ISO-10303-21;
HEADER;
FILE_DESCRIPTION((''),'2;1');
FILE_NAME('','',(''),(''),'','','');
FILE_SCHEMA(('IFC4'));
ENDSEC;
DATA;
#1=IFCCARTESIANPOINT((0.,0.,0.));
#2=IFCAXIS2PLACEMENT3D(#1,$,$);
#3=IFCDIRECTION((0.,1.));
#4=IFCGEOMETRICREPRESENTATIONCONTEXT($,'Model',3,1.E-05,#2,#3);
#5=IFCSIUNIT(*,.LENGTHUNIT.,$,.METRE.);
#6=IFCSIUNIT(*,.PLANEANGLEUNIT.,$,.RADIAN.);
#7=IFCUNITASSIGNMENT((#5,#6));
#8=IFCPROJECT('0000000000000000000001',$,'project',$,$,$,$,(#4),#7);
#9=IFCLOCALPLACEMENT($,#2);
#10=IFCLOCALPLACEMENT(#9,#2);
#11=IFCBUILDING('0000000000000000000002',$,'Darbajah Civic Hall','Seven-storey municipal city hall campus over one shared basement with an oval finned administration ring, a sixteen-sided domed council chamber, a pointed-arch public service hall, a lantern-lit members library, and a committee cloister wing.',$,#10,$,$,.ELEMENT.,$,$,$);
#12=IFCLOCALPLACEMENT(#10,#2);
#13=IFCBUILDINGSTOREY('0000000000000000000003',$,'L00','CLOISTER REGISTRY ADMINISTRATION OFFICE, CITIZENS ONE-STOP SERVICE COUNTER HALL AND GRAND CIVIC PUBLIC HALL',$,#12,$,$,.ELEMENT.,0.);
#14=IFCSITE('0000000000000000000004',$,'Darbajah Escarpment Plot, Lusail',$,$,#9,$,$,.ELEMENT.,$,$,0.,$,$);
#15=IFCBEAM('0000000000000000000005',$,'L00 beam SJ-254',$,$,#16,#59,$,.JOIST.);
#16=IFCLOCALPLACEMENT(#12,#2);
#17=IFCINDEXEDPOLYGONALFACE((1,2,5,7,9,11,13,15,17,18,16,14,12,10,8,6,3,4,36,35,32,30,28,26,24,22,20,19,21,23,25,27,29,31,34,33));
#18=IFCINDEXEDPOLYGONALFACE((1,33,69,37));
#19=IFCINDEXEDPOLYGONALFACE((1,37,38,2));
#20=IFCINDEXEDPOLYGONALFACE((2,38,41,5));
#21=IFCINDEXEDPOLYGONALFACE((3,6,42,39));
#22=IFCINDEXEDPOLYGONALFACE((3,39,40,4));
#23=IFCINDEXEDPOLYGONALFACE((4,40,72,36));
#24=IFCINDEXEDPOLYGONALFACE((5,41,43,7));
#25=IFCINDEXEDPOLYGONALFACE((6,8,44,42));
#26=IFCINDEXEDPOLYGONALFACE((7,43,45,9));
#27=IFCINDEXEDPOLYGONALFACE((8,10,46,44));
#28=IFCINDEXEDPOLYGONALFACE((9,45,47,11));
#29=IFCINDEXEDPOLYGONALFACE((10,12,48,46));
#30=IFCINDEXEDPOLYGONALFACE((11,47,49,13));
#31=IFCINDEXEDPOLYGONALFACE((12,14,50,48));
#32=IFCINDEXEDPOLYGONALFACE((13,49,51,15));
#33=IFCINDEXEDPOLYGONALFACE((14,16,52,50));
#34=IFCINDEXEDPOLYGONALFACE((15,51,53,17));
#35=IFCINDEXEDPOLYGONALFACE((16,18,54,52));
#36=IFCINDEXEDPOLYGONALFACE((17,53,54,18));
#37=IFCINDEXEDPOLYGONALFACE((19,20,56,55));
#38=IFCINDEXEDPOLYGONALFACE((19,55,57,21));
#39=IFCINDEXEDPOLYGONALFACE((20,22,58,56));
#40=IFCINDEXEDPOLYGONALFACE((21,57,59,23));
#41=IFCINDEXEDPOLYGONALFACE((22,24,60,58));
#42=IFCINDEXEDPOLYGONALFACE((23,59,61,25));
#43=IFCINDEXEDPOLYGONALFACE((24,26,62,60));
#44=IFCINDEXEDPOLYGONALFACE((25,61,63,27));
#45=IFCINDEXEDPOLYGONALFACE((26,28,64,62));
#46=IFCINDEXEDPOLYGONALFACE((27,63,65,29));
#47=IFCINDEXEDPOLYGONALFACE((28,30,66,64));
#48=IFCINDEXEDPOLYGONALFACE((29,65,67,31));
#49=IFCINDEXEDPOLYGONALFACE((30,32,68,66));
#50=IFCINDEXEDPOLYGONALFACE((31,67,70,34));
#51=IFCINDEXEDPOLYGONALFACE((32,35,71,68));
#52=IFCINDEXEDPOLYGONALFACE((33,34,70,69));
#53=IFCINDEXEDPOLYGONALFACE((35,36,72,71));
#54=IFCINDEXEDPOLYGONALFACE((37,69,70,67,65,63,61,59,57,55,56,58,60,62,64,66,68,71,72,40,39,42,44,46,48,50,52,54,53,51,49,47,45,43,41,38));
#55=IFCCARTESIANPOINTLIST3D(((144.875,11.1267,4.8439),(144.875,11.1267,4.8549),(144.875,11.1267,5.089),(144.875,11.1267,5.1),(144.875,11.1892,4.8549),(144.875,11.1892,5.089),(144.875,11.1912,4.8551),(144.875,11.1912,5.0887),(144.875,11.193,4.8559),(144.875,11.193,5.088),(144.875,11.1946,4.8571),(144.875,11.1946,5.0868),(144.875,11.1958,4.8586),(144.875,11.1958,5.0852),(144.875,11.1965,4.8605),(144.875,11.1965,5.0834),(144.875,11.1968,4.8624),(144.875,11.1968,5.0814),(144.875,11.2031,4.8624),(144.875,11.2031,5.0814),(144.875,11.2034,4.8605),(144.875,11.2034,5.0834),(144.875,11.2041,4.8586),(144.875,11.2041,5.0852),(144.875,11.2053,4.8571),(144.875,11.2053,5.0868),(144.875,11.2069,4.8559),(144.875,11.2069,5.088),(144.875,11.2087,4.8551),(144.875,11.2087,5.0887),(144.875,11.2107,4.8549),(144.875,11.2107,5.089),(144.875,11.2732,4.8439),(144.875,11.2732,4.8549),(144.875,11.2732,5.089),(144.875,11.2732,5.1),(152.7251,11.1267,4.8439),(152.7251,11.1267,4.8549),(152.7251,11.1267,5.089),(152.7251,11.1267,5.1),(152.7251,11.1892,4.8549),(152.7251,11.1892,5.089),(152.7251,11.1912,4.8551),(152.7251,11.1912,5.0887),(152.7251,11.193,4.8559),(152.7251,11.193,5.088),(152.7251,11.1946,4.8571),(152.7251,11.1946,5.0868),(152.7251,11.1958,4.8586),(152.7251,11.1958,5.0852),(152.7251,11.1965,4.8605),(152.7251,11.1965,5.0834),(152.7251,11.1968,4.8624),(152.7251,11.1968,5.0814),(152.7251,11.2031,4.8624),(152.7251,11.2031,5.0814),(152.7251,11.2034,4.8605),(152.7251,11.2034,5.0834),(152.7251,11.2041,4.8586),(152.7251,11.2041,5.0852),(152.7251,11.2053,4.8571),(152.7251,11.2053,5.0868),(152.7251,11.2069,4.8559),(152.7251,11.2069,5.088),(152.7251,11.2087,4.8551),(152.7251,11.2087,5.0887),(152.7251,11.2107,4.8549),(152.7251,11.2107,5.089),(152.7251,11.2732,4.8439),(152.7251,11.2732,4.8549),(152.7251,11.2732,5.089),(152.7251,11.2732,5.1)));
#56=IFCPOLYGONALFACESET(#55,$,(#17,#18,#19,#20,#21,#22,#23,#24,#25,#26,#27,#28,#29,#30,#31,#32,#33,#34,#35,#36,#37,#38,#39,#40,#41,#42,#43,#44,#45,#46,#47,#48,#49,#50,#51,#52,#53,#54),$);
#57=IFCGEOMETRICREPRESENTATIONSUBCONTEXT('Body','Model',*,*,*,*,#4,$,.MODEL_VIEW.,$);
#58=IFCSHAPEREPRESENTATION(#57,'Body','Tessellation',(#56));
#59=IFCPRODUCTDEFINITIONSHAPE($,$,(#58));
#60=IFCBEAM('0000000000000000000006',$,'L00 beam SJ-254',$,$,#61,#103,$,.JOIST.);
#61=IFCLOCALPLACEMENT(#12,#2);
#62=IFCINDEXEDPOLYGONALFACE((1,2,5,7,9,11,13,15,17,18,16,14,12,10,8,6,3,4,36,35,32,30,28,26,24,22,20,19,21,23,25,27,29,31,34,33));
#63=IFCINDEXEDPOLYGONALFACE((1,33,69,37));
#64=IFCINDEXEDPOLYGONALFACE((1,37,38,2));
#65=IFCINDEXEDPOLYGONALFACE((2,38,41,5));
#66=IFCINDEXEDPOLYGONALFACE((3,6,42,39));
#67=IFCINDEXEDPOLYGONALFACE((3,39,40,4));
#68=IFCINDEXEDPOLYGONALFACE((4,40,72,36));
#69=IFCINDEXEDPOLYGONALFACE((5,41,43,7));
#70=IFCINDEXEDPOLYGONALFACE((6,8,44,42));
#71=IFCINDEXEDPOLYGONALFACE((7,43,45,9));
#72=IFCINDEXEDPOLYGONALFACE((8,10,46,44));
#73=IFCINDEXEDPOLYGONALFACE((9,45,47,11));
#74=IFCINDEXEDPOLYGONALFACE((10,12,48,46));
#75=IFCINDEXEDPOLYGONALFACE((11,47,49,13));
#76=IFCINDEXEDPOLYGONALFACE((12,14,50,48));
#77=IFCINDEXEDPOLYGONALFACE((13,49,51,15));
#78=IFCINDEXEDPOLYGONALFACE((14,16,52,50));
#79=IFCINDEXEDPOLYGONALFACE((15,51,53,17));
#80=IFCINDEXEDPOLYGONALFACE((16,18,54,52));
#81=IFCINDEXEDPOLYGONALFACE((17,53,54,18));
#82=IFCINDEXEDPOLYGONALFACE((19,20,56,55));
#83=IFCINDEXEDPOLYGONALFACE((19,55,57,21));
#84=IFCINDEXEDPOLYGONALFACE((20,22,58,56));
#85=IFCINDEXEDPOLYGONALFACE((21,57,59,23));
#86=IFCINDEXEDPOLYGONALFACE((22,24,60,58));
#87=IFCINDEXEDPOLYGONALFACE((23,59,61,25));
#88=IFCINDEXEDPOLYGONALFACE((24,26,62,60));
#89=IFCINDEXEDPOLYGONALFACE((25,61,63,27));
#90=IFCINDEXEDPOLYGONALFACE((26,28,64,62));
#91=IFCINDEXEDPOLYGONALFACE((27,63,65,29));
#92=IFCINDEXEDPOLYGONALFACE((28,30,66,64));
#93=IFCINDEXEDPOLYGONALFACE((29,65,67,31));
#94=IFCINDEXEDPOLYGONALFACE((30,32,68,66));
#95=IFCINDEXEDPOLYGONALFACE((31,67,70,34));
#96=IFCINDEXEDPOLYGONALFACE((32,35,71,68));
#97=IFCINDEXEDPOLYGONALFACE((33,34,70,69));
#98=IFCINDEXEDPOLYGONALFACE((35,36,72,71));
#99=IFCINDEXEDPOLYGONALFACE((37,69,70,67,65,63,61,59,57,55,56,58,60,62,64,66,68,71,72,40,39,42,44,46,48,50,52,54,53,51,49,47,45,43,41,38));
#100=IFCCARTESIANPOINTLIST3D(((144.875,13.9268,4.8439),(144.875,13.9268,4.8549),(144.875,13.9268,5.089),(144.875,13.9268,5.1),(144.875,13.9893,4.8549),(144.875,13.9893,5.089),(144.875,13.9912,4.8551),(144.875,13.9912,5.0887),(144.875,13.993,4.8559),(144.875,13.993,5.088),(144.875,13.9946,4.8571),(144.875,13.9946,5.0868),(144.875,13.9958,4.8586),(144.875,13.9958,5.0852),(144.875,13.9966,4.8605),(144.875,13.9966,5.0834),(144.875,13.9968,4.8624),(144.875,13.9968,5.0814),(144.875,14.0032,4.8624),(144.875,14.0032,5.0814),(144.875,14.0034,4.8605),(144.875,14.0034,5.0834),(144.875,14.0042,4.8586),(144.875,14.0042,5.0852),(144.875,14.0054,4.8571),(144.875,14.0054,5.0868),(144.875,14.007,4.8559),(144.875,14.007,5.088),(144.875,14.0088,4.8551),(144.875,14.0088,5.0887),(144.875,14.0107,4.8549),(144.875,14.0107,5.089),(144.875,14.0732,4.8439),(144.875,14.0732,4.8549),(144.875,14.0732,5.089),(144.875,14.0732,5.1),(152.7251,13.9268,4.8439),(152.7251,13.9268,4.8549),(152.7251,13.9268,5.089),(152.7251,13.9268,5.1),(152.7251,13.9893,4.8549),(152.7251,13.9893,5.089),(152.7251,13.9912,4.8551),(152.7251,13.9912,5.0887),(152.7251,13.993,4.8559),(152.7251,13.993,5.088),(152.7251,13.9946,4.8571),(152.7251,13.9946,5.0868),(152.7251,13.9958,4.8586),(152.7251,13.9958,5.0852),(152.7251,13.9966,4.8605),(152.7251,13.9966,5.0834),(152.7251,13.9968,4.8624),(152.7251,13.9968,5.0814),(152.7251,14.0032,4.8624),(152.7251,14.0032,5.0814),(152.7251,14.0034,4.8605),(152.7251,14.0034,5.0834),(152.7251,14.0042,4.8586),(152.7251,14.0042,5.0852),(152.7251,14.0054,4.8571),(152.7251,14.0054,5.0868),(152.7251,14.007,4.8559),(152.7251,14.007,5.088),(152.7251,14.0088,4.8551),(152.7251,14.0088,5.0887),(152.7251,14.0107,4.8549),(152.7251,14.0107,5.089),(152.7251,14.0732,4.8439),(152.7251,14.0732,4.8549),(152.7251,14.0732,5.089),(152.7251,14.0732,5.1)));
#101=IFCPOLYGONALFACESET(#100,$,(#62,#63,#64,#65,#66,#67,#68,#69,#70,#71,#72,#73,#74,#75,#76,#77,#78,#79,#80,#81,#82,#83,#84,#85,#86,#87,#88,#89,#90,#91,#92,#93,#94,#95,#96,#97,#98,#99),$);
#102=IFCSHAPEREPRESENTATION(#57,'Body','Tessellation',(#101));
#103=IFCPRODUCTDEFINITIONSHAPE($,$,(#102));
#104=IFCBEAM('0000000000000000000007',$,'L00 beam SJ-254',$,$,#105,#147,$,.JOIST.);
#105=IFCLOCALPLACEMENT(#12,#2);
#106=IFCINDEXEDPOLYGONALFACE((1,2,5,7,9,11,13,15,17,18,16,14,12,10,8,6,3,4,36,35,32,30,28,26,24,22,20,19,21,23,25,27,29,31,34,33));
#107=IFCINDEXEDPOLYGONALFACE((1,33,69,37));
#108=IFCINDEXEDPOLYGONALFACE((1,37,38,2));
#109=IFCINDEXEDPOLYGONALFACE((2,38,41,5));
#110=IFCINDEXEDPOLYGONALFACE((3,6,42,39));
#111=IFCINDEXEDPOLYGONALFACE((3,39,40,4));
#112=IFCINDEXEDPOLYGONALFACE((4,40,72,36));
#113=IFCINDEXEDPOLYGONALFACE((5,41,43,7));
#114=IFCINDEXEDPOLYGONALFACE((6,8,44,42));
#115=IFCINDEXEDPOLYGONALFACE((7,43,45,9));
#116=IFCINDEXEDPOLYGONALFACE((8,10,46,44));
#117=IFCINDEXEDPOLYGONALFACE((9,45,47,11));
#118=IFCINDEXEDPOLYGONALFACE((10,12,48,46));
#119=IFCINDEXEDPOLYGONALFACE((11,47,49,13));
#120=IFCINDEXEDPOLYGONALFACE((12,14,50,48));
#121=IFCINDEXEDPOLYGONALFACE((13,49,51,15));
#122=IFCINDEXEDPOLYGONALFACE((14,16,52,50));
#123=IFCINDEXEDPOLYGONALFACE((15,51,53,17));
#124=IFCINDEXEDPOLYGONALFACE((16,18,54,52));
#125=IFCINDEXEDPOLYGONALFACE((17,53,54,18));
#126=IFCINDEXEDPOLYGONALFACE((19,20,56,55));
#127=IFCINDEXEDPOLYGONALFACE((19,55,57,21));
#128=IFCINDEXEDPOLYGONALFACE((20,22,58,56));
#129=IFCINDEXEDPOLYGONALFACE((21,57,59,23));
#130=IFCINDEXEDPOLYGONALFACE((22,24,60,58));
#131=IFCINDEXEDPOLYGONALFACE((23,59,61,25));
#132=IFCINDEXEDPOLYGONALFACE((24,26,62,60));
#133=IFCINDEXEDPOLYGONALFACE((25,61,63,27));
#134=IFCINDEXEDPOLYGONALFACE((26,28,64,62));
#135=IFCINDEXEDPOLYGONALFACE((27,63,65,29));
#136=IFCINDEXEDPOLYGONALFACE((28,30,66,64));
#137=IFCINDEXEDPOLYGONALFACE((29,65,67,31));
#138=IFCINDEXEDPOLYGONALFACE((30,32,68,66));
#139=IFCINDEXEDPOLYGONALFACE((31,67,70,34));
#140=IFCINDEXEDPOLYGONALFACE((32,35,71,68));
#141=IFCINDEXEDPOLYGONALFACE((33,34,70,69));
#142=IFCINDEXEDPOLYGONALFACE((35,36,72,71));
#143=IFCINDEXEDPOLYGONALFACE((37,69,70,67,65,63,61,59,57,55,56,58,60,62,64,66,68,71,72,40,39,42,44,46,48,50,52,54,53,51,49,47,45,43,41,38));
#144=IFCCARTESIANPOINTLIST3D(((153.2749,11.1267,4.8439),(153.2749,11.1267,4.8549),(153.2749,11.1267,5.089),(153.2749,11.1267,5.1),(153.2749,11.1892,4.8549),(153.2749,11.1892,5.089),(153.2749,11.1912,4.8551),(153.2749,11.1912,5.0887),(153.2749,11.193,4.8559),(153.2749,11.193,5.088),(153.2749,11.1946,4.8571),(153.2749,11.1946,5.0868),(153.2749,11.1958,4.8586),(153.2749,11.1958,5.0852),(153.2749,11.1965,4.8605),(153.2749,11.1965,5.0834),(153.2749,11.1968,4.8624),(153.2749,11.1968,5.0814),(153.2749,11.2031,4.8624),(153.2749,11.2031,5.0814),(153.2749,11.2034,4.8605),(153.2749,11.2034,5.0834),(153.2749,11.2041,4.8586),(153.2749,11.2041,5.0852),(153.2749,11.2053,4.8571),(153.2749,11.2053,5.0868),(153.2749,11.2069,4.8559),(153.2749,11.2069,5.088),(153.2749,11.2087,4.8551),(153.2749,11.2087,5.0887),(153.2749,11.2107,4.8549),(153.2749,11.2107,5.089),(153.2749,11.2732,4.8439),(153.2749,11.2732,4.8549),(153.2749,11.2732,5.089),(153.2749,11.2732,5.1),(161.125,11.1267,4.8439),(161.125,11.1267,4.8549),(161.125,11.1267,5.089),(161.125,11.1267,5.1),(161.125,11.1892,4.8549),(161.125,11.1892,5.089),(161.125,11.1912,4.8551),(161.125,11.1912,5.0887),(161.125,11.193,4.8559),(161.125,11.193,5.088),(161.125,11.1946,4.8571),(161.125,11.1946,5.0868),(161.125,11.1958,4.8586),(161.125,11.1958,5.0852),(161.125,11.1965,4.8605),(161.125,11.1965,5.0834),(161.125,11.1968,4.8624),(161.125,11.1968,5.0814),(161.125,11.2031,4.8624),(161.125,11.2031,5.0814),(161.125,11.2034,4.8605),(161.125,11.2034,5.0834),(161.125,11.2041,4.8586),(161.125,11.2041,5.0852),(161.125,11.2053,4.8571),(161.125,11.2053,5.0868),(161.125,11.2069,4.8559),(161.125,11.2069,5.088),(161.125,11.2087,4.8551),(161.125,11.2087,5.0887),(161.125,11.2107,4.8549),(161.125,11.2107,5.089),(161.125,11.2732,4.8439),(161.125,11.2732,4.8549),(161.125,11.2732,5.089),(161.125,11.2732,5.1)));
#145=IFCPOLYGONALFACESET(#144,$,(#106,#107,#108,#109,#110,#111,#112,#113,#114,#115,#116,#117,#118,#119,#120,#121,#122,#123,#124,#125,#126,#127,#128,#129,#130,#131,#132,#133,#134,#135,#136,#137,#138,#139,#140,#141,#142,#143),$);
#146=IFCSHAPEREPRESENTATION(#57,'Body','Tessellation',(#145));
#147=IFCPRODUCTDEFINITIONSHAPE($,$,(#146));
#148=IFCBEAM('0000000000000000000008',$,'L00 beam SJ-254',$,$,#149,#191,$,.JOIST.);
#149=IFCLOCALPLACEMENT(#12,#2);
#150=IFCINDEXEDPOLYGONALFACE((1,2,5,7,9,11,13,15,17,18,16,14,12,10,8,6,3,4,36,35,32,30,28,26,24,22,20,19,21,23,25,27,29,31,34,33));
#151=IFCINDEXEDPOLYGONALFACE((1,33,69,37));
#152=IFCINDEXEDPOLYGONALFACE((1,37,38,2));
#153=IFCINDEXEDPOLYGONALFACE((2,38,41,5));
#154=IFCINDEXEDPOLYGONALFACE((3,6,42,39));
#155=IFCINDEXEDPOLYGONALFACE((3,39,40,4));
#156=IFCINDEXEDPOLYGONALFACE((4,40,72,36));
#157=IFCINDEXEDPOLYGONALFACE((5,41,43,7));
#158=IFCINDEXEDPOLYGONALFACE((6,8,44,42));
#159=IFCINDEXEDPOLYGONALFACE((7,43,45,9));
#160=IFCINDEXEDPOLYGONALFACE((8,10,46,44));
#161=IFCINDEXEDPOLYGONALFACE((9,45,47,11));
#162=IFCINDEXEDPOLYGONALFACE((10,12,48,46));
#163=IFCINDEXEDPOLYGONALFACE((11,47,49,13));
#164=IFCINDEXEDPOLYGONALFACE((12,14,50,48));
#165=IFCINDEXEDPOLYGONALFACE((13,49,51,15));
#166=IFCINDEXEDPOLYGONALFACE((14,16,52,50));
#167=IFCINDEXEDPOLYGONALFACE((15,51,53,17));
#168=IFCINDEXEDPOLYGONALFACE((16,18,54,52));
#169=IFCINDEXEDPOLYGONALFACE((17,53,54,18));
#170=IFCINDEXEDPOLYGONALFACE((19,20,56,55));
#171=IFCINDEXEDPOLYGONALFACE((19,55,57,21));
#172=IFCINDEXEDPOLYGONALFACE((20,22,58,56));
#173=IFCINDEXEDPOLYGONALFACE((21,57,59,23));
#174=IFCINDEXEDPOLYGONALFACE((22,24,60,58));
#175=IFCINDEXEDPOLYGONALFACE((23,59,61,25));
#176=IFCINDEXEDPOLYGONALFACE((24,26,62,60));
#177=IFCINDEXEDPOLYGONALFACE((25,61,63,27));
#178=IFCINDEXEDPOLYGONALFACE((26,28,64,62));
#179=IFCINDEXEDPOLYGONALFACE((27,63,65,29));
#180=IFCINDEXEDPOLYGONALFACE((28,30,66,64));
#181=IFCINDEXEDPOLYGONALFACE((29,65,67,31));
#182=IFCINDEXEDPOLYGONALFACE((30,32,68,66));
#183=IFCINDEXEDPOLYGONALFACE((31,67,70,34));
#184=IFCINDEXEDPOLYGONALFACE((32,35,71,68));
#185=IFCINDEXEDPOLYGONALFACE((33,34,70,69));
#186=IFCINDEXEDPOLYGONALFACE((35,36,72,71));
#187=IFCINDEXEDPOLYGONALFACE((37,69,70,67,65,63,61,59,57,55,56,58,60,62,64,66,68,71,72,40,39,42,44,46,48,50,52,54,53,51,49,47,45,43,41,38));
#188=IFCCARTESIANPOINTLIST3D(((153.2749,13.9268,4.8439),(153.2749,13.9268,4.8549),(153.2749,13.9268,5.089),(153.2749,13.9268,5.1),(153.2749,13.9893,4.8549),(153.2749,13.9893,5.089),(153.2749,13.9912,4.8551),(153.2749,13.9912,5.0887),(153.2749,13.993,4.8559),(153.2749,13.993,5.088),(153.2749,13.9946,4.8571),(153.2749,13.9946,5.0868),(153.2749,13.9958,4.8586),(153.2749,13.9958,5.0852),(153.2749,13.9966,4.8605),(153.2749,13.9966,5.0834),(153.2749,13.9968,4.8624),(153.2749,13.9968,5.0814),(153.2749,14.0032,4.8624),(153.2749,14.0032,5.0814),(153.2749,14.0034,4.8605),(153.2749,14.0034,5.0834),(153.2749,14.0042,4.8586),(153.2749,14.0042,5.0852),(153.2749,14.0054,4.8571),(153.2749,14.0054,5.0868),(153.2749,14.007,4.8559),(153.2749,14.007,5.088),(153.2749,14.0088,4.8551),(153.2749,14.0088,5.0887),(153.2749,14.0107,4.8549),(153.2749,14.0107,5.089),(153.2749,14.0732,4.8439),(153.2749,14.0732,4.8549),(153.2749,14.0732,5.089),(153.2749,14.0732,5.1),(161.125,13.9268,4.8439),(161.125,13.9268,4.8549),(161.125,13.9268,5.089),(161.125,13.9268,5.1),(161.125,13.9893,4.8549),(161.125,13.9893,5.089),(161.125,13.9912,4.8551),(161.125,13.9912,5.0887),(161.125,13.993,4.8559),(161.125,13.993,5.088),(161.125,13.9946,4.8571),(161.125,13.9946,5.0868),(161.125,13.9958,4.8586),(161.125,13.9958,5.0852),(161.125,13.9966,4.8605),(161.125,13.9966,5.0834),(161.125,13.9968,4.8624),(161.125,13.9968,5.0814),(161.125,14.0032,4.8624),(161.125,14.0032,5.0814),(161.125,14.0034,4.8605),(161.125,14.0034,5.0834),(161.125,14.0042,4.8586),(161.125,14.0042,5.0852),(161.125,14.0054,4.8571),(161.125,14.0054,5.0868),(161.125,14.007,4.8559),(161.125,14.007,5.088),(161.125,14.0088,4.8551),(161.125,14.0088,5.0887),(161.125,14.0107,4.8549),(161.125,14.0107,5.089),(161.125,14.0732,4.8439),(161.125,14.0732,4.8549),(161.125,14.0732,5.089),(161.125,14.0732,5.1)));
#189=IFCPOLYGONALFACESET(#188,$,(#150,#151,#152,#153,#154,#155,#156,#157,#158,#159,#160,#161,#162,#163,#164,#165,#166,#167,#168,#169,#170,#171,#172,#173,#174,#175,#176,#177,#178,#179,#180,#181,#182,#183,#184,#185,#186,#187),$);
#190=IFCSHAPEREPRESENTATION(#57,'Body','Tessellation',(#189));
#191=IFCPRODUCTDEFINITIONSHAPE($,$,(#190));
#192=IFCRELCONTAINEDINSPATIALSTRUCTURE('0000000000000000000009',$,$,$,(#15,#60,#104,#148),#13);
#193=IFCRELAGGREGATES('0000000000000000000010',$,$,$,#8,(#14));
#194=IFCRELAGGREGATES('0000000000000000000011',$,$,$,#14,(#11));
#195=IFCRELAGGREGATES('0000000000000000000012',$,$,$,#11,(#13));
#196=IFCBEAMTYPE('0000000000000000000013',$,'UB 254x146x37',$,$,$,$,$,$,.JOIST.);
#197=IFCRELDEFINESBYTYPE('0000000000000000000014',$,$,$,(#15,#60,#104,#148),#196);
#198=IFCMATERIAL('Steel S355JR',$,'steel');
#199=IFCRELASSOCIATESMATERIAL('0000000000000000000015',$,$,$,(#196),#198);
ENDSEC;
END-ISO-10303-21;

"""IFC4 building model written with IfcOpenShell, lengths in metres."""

from ifc_helpers import new_model, si_unit, direction, frame, origin, origin_2d, place, context, subcontext, project, spatial, i_section, extrude, material, material_profile, profile_set, type_object, element, save


model = new_model("IFC4")

# Units and contexts
model_context = context("Model", 3, precision=1e-05, world=origin(), true_north=direction((0.0, 1.0)))
body_context = subcontext(model_context, "Body", "Model", "MODEL_VIEW")
ifc_project = project(units=[si_unit("LENGTHUNIT", "METRE"), si_unit("PLANEANGLEUNIT", "RADIAN")], contexts=[model_context])

# Site, building, storey
site_placement = place(None, origin())
site = spatial("IfcSite", under=ifc_project, at=site_placement, Name="Darbajah Escarpment Plot, Lusail", CompositionType="ELEMENT", RefElevation=0.0)
building_placement = place(site_placement, origin())
building = spatial("IfcBuilding", under=site, at=building_placement, Name="Darbajah Civic Hall", Description="Seven-storey municipal city hall campus over one shared basement with an oval finned administration ring, a sixteen-sided domed council chamber, a pointed-arch public service hall, a lantern-lit members library, and a committee cloister wing.", CompositionType="ELEMENT")
storey_placement = place(building_placement, origin())
storey = spatial("IfcBuildingStorey", under=building, at=storey_placement, Name="L00", Description="CLOISTER REGISTRY ADMINISTRATION OFFICE, CITIZENS ONE-STOP SERVICE COUNTER HALL AND GRAND CIVIC PUBLIC HALL", CompositionType="ELEMENT", Elevation=0.0)

# Beams
ifc_material_1 = material(Name="Steel S355JR", Category="steel")
ifc_material_profile_1 = material_profile(ifc_material_1, i_section(OverallWidth=0.1465, OverallDepth=0.2561, WebThickness=0.0063, FlangeThickness=0.011, FilletRadius=0.0076, at=origin_2d()), Name="UB 254x146x37")
ifc_profile_set_1 = profile_set([ifc_material_profile_1], Name="Steel S355JR")
beam_type_1 = type_object("IfcBeamType", Name="UB 254x146x37", PredefinedType="JOIST", material=ifc_profile_set_1)
for number, where, z_axis, x_axis, name in (
    (1, (144.875, 11.2, 4.9719), (1.0, 0.0, 0.0), (0.0, 1.0, 0.0), "L00 beam SJ-254"),
    (2, (144.875, 14.0, 4.9719), (1.0, 0.0, 0.0), (0.0, 1.0, 0.0), "L00 beam SJ-254"),
    (3, (153.2749, 11.2, 4.9719), (1.0, 0.0, 0.0), (0.0, 1.0, 0.0), "L00 beam SJ-254"),
    (4, (153.2749, 14.0, 4.9719), (1.0, 0.0, 0.0), (0.0, 1.0, 0.0), "L00 beam SJ-254"),
):
    element("IfcBeam", number, at=place(storey_placement, frame(where, z_axis=z_axis, x_axis=x_axis)), inside=storey, type_object=beam_type_1, Name=name, PredefinedType="JOIST", context=body_context, shape_type="SweptSolid", body=[
        extrude(i_section(OverallWidth=0.1465, OverallDepth=0.2561, WebThickness=0.0063, FlangeThickness=0.011, FilletRadius=0.0076, at=origin_2d()), origin(), (0.0, 0.0, 1.0), 7.8501),
    ])

save(model, "model.ifc")
